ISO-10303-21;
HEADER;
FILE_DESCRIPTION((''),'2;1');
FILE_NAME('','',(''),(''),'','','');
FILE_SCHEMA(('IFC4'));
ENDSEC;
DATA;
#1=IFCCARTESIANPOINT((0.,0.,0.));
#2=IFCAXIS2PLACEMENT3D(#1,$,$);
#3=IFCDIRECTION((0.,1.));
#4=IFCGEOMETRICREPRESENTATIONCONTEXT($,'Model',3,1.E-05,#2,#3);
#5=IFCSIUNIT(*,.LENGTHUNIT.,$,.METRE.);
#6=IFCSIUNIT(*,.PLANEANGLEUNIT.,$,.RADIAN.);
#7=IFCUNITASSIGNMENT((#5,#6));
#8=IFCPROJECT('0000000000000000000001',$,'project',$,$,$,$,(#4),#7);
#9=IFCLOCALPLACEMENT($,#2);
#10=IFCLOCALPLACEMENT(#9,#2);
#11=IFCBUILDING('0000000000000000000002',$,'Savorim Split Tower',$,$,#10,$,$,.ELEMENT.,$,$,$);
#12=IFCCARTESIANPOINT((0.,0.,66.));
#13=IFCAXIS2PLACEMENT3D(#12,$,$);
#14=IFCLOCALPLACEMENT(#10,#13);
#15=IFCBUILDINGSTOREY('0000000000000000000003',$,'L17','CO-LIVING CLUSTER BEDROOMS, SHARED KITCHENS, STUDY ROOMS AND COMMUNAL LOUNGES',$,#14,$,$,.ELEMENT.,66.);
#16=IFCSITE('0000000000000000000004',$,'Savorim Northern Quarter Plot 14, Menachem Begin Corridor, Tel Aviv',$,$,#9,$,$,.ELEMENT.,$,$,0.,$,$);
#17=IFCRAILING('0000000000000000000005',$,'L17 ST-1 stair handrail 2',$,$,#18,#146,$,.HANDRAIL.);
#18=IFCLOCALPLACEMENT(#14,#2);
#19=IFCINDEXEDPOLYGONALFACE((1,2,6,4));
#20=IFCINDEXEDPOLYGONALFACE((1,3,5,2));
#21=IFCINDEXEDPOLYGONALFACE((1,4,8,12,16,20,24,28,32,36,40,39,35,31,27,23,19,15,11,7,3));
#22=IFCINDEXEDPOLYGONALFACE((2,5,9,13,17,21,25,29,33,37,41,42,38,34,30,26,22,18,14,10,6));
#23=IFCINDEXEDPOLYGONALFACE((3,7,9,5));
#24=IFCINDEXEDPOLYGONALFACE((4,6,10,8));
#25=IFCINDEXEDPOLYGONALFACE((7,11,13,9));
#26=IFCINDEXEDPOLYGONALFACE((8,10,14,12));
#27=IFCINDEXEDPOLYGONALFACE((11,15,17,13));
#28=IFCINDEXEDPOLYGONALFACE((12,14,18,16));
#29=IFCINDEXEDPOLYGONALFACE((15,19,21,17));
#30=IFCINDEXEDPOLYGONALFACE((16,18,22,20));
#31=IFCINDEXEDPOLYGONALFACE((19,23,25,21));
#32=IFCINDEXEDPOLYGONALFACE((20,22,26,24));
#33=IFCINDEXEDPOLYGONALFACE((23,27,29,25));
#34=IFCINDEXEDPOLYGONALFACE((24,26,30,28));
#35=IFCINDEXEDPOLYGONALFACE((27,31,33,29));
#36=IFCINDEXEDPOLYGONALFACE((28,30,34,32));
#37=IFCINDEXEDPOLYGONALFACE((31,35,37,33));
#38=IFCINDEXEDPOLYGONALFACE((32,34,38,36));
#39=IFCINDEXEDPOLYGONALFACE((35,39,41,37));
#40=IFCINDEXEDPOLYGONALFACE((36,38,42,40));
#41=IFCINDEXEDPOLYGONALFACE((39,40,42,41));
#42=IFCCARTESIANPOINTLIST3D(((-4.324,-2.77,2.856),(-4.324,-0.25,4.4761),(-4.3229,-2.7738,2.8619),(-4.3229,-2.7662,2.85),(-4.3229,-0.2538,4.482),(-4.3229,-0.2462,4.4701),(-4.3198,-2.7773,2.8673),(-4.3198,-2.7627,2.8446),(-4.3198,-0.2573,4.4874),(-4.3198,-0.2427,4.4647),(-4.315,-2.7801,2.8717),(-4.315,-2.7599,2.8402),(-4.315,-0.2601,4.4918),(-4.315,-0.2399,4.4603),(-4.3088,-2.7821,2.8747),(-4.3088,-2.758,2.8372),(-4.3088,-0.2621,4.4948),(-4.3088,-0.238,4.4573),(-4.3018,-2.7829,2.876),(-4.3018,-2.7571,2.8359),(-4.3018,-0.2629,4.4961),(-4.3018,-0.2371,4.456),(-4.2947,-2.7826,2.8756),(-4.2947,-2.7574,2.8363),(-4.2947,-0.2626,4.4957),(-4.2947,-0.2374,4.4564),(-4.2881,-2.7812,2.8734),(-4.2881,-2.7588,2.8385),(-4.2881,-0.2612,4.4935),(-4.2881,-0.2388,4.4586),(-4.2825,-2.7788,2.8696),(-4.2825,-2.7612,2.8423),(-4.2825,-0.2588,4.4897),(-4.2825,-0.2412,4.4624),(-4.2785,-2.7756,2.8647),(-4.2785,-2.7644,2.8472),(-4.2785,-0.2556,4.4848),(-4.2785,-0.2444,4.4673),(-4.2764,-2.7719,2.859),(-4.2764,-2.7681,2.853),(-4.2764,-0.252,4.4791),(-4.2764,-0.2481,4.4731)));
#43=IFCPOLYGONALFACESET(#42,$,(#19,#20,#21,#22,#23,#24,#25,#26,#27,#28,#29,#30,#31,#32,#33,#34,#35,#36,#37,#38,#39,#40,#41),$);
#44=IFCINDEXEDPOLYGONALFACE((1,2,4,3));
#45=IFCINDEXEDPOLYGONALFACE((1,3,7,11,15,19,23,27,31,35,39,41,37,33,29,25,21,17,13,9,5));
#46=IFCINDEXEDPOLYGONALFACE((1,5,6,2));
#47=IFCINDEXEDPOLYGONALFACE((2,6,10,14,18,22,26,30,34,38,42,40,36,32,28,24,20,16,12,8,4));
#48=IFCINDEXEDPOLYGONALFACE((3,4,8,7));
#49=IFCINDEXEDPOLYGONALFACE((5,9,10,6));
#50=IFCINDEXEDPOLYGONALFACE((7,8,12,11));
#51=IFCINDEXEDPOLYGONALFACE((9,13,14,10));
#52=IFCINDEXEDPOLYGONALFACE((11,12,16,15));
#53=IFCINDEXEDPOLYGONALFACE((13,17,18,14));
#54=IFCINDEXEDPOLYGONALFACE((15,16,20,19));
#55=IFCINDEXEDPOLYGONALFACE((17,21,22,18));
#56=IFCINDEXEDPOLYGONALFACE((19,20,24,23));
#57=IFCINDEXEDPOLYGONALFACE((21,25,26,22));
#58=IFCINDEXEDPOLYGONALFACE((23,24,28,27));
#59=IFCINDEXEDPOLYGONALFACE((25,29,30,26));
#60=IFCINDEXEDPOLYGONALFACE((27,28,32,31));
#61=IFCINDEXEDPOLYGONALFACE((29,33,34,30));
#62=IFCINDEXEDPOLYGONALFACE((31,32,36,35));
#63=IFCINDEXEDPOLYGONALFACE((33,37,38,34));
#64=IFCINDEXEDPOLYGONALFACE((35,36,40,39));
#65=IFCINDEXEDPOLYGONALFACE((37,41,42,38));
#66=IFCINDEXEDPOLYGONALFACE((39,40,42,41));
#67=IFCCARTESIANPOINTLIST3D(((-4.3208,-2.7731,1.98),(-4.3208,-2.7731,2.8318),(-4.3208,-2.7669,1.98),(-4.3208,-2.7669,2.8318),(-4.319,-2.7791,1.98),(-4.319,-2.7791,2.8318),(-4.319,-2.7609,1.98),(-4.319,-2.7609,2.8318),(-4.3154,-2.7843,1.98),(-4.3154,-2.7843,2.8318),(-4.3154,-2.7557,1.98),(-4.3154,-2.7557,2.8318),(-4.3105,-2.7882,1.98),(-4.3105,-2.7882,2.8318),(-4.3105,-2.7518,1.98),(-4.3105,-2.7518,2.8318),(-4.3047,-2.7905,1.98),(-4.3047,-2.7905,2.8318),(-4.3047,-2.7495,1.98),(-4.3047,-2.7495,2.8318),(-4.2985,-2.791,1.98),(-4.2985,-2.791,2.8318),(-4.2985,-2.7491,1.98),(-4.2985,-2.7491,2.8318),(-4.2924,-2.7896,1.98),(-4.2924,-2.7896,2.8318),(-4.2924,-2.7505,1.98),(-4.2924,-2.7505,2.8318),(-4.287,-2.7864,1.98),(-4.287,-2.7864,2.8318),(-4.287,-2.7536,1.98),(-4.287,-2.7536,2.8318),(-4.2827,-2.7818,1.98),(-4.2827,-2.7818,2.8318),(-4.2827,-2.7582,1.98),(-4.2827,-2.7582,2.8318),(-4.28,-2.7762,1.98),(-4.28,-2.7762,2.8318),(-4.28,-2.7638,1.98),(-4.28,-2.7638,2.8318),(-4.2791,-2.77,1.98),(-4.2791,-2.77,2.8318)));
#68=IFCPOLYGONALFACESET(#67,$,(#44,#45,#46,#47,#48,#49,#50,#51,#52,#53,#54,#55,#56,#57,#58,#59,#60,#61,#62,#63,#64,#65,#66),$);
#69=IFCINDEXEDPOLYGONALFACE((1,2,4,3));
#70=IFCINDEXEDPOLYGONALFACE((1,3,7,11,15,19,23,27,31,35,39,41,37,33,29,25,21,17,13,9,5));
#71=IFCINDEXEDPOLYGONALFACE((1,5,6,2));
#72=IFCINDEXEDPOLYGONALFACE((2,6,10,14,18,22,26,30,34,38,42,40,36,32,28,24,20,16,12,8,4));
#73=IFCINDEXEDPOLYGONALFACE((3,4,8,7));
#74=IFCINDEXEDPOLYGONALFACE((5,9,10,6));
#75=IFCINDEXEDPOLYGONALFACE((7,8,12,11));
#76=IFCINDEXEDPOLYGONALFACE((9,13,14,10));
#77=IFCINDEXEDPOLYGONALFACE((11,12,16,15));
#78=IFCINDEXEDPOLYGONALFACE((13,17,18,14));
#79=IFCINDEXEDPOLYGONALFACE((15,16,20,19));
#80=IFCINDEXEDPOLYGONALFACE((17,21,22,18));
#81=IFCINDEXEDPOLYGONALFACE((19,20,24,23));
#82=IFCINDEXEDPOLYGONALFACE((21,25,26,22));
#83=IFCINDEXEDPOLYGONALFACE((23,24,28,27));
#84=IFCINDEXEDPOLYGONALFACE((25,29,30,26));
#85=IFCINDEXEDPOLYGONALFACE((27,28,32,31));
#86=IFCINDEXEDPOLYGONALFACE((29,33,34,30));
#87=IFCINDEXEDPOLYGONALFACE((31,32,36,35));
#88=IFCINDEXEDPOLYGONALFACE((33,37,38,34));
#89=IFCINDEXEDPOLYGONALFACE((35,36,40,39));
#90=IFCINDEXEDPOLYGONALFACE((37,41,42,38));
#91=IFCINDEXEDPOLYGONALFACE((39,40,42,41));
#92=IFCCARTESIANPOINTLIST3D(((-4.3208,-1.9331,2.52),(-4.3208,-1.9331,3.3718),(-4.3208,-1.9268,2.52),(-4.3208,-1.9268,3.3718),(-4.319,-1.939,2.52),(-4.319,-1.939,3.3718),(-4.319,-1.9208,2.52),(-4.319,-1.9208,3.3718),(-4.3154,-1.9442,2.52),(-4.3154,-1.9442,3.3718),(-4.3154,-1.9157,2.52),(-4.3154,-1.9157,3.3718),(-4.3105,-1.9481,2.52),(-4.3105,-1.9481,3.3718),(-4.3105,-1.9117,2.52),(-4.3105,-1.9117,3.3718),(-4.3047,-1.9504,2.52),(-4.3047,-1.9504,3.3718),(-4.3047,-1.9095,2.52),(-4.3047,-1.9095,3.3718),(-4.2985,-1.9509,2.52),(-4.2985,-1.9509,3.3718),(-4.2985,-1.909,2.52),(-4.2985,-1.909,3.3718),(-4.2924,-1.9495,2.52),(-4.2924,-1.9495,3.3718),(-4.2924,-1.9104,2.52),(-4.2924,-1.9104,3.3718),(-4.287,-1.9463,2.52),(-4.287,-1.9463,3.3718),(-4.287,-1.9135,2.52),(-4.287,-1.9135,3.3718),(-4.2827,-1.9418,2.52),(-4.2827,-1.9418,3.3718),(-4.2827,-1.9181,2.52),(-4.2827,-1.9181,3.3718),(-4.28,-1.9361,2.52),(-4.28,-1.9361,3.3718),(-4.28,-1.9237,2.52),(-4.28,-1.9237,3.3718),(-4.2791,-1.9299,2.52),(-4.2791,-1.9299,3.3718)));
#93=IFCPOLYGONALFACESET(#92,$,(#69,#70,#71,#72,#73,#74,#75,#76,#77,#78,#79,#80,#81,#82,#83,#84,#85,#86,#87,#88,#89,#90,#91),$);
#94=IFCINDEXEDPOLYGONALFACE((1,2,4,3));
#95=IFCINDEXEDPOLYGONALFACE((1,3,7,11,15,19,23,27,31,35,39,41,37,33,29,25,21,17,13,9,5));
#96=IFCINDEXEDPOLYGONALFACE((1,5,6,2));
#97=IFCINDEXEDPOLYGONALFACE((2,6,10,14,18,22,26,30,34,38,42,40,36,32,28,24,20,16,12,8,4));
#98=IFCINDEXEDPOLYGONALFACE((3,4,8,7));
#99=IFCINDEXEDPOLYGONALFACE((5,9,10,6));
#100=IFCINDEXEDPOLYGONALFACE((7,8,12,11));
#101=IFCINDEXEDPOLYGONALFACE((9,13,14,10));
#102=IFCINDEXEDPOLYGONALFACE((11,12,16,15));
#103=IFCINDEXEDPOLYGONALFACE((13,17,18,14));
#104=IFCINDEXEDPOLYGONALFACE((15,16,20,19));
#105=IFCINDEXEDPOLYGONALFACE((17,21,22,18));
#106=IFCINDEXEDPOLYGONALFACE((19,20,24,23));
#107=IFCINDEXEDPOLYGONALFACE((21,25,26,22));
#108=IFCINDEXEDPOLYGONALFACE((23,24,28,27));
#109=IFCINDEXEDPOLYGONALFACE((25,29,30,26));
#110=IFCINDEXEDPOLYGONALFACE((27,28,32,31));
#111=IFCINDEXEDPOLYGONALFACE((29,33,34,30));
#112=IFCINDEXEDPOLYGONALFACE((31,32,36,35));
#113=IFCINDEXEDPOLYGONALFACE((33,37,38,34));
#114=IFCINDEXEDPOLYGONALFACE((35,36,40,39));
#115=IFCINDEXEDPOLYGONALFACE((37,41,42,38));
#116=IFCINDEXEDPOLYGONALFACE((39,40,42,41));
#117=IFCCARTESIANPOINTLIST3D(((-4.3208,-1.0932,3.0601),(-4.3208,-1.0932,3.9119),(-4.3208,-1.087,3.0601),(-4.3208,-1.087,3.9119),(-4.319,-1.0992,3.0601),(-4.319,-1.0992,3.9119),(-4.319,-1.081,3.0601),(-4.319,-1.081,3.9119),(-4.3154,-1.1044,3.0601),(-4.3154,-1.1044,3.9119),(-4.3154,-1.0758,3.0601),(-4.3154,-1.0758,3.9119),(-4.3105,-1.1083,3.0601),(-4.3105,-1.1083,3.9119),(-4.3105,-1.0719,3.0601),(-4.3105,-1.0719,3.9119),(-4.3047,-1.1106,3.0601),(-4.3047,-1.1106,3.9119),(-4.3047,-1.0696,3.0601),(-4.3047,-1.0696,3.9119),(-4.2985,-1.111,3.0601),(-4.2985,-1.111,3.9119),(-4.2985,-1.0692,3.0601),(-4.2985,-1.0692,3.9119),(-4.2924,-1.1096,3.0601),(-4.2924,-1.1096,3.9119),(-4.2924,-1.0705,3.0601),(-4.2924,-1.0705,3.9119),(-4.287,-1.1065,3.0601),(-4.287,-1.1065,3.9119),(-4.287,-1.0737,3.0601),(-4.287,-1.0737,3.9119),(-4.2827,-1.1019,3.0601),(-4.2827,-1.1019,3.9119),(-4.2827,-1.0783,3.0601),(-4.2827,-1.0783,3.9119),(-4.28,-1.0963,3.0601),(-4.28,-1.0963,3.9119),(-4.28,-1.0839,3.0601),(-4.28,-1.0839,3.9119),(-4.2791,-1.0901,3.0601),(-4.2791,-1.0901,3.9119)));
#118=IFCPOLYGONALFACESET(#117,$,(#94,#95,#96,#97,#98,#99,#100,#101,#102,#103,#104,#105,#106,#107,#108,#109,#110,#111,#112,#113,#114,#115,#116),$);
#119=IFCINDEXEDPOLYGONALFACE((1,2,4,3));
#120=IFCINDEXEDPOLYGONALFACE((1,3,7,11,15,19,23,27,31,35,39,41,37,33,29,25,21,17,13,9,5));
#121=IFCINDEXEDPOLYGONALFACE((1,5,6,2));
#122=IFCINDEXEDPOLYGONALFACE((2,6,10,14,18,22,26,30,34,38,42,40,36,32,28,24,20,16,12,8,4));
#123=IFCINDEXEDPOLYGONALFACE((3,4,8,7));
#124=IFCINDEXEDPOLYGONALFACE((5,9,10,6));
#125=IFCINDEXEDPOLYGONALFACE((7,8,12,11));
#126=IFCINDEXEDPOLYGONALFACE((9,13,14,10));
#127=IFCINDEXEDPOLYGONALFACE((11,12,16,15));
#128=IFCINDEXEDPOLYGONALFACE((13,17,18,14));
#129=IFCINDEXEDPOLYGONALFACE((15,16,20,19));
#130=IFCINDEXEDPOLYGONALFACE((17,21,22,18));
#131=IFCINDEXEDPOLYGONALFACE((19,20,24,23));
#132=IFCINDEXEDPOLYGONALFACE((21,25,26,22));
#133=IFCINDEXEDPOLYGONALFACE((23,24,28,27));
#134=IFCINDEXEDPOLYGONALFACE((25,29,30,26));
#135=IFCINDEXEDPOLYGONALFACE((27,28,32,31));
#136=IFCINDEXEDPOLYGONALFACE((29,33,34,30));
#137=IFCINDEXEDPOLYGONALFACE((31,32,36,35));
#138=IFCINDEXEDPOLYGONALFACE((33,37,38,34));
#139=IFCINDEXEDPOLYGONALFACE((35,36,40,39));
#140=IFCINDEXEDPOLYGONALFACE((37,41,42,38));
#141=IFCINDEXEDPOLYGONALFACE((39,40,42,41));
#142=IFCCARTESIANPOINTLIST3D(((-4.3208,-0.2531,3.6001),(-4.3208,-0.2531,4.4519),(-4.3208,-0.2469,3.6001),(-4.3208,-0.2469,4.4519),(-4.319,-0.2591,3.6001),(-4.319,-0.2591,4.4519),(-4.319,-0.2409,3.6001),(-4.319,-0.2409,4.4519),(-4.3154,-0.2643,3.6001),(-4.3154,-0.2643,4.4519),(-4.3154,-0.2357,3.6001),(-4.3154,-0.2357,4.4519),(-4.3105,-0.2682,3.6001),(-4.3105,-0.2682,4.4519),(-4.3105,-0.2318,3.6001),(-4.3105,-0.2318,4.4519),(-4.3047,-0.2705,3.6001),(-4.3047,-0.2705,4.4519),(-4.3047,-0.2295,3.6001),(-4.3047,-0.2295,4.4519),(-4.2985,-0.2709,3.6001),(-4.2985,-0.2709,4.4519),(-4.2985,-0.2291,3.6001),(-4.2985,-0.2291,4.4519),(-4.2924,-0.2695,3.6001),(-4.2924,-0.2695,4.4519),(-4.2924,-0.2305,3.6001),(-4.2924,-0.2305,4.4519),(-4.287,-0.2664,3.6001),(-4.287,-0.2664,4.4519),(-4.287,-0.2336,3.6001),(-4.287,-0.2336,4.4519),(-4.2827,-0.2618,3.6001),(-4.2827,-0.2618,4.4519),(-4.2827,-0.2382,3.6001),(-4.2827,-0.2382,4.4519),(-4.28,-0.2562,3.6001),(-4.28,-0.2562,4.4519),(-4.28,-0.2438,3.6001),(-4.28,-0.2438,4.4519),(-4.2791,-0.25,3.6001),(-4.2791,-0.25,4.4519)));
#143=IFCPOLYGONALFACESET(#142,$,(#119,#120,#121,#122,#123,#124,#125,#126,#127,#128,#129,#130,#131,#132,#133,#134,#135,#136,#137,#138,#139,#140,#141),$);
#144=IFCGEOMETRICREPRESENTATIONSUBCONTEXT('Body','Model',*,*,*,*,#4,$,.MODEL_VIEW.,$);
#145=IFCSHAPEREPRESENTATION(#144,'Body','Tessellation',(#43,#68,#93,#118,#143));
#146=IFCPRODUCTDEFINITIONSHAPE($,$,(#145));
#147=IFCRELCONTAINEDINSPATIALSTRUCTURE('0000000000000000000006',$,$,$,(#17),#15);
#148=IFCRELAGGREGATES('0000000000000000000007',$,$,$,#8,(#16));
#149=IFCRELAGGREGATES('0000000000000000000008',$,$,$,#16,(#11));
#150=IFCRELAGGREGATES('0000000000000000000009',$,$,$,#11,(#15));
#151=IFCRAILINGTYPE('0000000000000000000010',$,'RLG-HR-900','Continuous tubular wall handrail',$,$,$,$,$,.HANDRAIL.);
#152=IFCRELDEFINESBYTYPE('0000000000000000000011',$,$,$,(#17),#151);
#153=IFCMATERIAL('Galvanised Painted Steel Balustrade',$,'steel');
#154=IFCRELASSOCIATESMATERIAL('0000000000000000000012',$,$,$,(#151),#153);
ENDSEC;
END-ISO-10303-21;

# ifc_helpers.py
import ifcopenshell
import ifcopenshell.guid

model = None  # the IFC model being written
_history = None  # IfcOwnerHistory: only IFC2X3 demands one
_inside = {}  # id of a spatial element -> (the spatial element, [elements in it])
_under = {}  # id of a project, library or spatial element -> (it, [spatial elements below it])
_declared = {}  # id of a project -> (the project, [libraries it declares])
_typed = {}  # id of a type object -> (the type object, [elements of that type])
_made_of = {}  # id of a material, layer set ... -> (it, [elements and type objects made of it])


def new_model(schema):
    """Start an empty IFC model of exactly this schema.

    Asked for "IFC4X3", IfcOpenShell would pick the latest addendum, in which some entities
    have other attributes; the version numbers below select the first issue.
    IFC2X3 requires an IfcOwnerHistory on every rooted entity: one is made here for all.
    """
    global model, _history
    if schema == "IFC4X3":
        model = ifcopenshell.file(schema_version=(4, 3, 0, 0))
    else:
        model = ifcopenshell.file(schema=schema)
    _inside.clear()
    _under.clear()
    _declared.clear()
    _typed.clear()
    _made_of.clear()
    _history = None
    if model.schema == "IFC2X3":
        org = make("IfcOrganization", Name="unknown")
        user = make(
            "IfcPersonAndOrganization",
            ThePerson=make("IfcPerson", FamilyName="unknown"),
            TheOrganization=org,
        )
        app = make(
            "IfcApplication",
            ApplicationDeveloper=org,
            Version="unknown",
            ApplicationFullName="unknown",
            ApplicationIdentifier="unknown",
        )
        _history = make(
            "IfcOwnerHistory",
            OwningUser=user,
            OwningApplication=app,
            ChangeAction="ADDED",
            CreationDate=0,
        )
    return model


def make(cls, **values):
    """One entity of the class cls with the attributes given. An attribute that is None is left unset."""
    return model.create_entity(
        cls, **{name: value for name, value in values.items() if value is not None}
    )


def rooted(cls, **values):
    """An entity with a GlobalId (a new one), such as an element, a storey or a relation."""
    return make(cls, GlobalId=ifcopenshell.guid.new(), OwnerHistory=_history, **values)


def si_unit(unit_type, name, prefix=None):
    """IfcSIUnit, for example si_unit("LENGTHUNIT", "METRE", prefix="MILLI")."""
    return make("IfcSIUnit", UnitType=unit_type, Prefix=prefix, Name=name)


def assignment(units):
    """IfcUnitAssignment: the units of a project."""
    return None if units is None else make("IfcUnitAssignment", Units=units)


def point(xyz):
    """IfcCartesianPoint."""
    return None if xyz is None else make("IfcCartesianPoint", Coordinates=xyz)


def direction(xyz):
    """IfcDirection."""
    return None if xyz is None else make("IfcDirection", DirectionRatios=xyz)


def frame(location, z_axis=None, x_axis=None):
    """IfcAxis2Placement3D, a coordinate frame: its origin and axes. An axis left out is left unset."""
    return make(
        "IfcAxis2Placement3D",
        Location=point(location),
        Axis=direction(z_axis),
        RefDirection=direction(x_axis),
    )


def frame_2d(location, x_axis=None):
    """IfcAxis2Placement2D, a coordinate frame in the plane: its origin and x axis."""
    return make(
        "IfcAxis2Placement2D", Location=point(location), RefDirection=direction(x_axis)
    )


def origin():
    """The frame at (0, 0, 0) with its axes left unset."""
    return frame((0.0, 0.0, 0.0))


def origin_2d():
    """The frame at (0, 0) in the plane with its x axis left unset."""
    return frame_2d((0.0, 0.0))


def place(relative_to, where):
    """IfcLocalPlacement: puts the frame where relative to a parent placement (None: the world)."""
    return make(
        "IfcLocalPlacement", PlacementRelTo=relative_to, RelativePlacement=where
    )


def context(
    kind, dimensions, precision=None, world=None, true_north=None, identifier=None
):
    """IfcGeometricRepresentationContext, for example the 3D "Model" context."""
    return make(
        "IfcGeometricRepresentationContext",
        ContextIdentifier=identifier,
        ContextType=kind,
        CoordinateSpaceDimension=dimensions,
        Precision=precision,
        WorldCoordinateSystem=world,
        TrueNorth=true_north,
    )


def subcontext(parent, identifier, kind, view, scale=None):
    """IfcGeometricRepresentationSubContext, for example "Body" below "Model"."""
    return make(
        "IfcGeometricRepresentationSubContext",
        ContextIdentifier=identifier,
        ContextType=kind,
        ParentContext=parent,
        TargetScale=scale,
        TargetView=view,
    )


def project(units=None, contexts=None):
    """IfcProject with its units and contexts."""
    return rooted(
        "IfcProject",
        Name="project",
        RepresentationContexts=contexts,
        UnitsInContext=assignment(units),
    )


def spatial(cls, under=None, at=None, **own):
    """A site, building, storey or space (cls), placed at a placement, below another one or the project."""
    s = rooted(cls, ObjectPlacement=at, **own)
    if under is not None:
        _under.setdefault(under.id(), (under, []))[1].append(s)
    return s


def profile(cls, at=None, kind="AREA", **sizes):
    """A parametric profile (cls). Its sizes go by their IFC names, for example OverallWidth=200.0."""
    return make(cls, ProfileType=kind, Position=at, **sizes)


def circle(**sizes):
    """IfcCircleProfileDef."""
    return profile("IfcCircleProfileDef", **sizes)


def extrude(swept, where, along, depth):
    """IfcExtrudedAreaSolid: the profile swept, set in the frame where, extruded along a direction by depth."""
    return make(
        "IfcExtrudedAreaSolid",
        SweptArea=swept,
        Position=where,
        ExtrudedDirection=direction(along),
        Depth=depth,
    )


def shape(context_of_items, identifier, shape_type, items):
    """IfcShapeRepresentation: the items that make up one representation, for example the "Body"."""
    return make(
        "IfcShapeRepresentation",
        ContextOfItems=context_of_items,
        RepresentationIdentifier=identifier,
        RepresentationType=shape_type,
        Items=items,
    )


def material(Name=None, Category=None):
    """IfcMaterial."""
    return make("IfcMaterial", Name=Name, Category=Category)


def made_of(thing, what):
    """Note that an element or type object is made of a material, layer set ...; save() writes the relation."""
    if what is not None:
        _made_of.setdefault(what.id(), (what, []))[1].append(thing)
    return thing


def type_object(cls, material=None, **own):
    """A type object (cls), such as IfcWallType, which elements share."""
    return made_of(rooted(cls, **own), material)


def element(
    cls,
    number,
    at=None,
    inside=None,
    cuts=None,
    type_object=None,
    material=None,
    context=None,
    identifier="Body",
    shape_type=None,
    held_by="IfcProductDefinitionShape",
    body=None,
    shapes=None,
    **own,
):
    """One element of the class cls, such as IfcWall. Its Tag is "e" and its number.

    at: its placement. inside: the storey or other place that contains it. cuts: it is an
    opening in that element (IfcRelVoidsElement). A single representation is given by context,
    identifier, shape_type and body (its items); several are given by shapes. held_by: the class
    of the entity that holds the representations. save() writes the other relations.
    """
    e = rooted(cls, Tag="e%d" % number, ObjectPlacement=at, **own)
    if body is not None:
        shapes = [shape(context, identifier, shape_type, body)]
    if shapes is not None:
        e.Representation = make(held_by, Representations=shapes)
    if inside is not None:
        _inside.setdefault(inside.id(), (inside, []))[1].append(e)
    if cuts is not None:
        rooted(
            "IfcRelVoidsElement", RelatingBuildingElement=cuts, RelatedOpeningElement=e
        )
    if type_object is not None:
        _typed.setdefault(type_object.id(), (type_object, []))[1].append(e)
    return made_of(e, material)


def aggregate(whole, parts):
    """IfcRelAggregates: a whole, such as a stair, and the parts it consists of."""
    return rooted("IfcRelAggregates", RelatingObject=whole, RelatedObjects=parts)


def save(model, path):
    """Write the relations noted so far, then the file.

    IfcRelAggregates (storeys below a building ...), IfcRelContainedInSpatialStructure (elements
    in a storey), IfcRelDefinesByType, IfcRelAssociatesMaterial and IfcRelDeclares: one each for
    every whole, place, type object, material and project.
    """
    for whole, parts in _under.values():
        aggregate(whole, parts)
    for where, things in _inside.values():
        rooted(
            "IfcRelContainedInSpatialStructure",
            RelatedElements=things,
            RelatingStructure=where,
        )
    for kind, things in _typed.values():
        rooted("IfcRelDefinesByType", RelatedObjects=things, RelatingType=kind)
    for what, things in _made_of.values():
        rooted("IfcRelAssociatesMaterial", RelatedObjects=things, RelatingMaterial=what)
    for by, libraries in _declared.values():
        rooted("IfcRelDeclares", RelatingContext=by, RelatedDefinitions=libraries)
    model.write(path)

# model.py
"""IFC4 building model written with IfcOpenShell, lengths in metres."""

from ifc_helpers import new_model, si_unit, direction, frame, origin, origin_2d, place, context, subcontext, project, spatial, circle, extrude, material, type_object, element, save


model = new_model("IFC4")

# Units and contexts
model_context = context("Model", 3, precision=1e-05, world=origin(), true_north=direction((0.0, 1.0)))
body_context = subcontext(model_context, "Body", "Model", "MODEL_VIEW")
ifc_project = project(units=[si_unit("LENGTHUNIT", "METRE"), si_unit("PLANEANGLEUNIT", "RADIAN")], contexts=[model_context])

# Site, building, storey
site_placement = place(None, origin())
site = spatial("IfcSite", under=ifc_project, at=site_placement, Name="Savorim Northern Quarter Plot 14, Menachem Begin Corridor, Tel Aviv", CompositionType="ELEMENT", RefElevation=0.0)
building_placement = place(site_placement, origin())
building = spatial("IfcBuilding", under=site, at=building_placement, Name="Savorim Split Tower", CompositionType="ELEMENT")
storey_placement = place(building_placement, frame((0.0, 0.0, 66.0)))
storey = spatial("IfcBuildingStorey", under=building, at=storey_placement, Name="L17", Description="CO-LIVING CLUSTER BEDROOMS, SHARED KITCHENS, STUDY ROOMS AND COMMUNAL LOUNGES", CompositionType="ELEMENT", Elevation=66.0)

# Railing
ifc_material_1 = material(Name="Galvanised Painted Steel Balustrade", Category="steel")
railing_type_1 = type_object("IfcRailingType", Name="RLG-HR-900", Description="Continuous tubular wall handrail", PredefinedType="HANDRAIL", material=ifc_material_1)
railing_1_placement = place(storey_placement, frame((-4.3, -2.77, 1.98)))
element("IfcRailing", 1, at=railing_1_placement, inside=storey, type_object=railing_type_1, Name="L17 ST-1 stair handrail 2", PredefinedType="HANDRAIL", context=body_context, shape_type="SweptSolid", body=[
    extrude(circle(Radius=0.0239, at=origin_2d()), frame((0.0, 0.0, 0.876), z_axis=(0.0, 0.841163, 0.540782), x_axis=(-1.0, 0.0, 0.0)), (0.0, 0.0, 1.0), 2.9958),
    extrude(circle(Radius=0.021, at=origin_2d()), origin(), (0.0, 0.0, 1.0), 0.8518),
    extrude(circle(Radius=0.021, at=origin_2d()), frame((0.0, 0.8401, 0.54)), (0.0, 0.0, 1.0), 0.8518),
    extrude(circle(Radius=0.021, at=origin_2d()), frame((0.0, 1.6799, 1.0801)), (0.0, 0.0, 1.0), 0.8518),
    extrude(circle(Radius=0.021, at=origin_2d()), frame((0.0, 2.52, 1.6201)), (0.0, 0.0, 1.0), 0.8518),
])

save(model, "model.ifc")
